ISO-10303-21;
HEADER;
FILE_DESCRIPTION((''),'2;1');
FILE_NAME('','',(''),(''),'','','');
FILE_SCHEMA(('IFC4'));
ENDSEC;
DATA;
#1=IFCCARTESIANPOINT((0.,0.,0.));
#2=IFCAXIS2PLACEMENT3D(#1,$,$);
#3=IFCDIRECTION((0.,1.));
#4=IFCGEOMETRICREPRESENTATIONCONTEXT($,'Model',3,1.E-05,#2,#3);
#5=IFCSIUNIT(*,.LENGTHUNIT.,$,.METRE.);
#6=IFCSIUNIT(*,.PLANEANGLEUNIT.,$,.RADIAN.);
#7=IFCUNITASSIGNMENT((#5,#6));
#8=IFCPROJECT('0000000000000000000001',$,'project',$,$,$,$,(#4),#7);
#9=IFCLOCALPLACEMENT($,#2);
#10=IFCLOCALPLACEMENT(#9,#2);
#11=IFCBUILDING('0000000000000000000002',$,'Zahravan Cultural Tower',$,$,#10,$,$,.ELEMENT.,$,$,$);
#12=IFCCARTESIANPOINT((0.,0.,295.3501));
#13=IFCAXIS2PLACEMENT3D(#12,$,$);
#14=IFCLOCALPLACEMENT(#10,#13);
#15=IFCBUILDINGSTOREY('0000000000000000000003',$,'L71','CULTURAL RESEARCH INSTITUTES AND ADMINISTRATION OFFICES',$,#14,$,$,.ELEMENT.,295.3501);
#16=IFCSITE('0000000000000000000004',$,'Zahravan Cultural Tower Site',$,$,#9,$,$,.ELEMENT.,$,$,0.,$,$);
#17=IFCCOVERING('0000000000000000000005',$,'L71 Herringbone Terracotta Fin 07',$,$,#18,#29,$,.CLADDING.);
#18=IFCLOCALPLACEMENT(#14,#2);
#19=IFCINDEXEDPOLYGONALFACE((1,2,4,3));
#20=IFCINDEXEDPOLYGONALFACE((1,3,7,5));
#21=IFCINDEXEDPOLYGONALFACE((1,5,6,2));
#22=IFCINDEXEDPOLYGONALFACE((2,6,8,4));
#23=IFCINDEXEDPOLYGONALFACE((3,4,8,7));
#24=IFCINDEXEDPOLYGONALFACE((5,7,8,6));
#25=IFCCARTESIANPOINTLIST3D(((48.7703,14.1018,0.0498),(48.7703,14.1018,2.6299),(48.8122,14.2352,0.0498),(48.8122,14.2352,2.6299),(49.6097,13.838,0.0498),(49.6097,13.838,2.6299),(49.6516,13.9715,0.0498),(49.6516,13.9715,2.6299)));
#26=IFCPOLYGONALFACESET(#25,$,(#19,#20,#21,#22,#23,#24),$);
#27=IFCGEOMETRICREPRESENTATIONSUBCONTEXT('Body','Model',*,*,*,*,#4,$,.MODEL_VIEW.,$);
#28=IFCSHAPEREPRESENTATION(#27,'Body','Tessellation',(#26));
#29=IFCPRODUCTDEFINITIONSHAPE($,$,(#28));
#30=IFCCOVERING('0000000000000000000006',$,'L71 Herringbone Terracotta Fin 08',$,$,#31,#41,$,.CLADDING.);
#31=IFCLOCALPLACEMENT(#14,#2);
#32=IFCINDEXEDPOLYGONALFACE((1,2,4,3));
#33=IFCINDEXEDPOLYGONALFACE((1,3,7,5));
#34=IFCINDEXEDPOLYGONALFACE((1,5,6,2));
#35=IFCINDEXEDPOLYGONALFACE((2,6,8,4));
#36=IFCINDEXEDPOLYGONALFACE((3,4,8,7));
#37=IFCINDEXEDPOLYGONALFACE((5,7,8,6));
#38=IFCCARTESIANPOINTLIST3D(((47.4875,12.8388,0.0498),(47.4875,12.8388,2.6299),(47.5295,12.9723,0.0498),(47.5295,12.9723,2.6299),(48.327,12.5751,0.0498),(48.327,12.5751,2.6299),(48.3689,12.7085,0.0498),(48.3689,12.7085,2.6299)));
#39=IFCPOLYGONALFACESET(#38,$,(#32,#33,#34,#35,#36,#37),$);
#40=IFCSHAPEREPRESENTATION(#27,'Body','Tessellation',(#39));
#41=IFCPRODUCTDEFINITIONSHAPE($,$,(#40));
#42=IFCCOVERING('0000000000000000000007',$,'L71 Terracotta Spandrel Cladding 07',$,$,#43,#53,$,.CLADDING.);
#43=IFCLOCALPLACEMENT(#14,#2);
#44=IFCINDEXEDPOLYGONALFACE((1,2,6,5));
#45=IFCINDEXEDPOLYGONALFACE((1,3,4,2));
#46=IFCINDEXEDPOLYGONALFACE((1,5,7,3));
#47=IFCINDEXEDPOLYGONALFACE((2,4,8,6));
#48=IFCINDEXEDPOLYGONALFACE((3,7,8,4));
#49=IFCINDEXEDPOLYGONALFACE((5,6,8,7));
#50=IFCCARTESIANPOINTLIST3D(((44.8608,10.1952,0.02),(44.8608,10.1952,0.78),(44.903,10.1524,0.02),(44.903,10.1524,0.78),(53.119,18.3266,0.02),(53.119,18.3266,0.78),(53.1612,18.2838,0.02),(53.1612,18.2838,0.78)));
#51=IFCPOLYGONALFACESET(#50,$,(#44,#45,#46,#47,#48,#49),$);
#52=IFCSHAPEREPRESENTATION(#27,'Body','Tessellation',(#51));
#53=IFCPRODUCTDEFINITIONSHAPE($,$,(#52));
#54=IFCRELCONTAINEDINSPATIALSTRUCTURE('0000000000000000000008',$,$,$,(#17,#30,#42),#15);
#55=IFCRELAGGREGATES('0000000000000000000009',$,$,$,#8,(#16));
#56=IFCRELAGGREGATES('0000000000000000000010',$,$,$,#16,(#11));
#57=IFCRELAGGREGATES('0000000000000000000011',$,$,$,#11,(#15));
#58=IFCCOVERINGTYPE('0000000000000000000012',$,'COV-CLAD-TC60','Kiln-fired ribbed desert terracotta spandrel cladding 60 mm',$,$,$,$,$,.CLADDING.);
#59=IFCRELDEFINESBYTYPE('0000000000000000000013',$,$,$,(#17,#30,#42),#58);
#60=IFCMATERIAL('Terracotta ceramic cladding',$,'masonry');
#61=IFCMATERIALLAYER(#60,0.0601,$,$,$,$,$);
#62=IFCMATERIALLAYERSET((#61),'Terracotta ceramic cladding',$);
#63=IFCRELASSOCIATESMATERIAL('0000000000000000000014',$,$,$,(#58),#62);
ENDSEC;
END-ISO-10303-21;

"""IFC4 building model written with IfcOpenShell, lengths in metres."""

from ifc_helpers import new_model, si_unit, direction, frame, origin, origin_2d, place, context, subcontext, project, spatial, rectangle, extrude, source, transform, mapped, material, layer, layer_set, type_object, element, save


model = new_model("IFC4")

# Units and contexts
model_context = context("Model", 3, precision=1e-05, world=origin(), true_north=direction((0.0, 1.0)))
body_context = subcontext(model_context, "Body", "Model", "MODEL_VIEW")
ifc_project = project(units=[si_unit("LENGTHUNIT", "METRE"), si_unit("PLANEANGLEUNIT", "RADIAN")], contexts=[model_context])

# Site, building, storey
site_placement = place(None, origin())
site = spatial("IfcSite", under=ifc_project, at=site_placement, Name="Zahravan Cultural Tower Site", CompositionType="ELEMENT", RefElevation=0.0)
building_placement = place(site_placement, origin())
building = spatial("IfcBuilding", under=site, at=building_placement, Name="Zahravan Cultural Tower", CompositionType="ELEMENT")
storey_placement = place(building_placement, frame((0.0, 0.0, 295.3501)))
storey = spatial("IfcBuildingStorey", under=building, at=storey_placement, Name="L71", Description="CULTURAL RESEARCH INSTITUTES AND ADMINISTRATION OFFICES", CompositionType="ELEMENT", Elevation=295.3501)

# Coverings
ifc_material_1 = material(Name="Terracotta ceramic cladding", Category="masonry")
ifc_layer_1 = layer(ifc_material_1, 0.0601)
ifc_layer_set_1 = layer_set([ifc_layer_1], Name="Terracotta ceramic cladding")
covering_type = type_object("IfcCoveringType", Name="COV-CLAD-TC60", Description="Kiln-fired ribbed desert terracotta spandrel cladding 60 mm", PredefinedType="CLADDING", material=ifc_layer_set_1)
shared_shape_1 = source(origin(), body_context, "Body", "SweptSolid", [
    extrude(rectangle(XDim=0.8799, YDim=0.1399, at=origin_2d()), origin(), (0.0, 0.0, 1.0), 2.5801),
])
for number, where, z_axis, x_axis, name in (
    (1, (49.2109, 14.0366, 0.0498), (0.0, 0.0, 1.0), (0.954016, -0.299757, 0.0), "L71 Herringbone Terracotta Fin 07"),
    (2, (47.9282, 12.7737, 0.0498), (0.0, 0.0, 1.0), (0.954016, -0.299757, 0.0), "L71 Herringbone Terracotta Fin 08"),
):
    element("IfcCovering", number, at=place(storey_placement, frame(where, z_axis=z_axis, x_axis=x_axis)), inside=storey, type_object=covering_type, Name=name, PredefinedType="CLADDING", context=body_context, shape_type="MappedRepresentation", body=[
        mapped(shared_shape_1, transform((0.0, 0.0, 0.0), x_axis=(1.0, 0.0, 0.0), y_axis=(0.0, 1.0, 0.0), z_axis=(0.0, 0.0, 1.0), scale=1.0)),
    ])
shared_shape_2 = source(origin(), body_context, "Body", "SweptSolid", [
    extrude(rectangle(XDim=11.5896, YDim=0.0601, at=origin_2d()), origin(), (0.0, 0.0, 1.0), 0.76),
])
covering_placement = place(storey_placement, frame((49.011, 14.2395, 0.02), z_axis=(0.0, 0.0, 1.0), x_axis=(-0.712553, -0.701618, 0.0)))
element("IfcCovering", 3, at=covering_placement, inside=storey, type_object=covering_type, Name="L71 Terracotta Spandrel Cladding 07", PredefinedType="CLADDING", context=body_context, shape_type="MappedRepresentation", body=[
    mapped(shared_shape_2, transform((0.0, 0.0, 0.0), x_axis=(1.0, 0.0, 0.0), y_axis=(0.0, 1.0, 0.0), z_axis=(0.0, 0.0, 1.0), scale=1.0)),
])

save(model, "model.ifc")
